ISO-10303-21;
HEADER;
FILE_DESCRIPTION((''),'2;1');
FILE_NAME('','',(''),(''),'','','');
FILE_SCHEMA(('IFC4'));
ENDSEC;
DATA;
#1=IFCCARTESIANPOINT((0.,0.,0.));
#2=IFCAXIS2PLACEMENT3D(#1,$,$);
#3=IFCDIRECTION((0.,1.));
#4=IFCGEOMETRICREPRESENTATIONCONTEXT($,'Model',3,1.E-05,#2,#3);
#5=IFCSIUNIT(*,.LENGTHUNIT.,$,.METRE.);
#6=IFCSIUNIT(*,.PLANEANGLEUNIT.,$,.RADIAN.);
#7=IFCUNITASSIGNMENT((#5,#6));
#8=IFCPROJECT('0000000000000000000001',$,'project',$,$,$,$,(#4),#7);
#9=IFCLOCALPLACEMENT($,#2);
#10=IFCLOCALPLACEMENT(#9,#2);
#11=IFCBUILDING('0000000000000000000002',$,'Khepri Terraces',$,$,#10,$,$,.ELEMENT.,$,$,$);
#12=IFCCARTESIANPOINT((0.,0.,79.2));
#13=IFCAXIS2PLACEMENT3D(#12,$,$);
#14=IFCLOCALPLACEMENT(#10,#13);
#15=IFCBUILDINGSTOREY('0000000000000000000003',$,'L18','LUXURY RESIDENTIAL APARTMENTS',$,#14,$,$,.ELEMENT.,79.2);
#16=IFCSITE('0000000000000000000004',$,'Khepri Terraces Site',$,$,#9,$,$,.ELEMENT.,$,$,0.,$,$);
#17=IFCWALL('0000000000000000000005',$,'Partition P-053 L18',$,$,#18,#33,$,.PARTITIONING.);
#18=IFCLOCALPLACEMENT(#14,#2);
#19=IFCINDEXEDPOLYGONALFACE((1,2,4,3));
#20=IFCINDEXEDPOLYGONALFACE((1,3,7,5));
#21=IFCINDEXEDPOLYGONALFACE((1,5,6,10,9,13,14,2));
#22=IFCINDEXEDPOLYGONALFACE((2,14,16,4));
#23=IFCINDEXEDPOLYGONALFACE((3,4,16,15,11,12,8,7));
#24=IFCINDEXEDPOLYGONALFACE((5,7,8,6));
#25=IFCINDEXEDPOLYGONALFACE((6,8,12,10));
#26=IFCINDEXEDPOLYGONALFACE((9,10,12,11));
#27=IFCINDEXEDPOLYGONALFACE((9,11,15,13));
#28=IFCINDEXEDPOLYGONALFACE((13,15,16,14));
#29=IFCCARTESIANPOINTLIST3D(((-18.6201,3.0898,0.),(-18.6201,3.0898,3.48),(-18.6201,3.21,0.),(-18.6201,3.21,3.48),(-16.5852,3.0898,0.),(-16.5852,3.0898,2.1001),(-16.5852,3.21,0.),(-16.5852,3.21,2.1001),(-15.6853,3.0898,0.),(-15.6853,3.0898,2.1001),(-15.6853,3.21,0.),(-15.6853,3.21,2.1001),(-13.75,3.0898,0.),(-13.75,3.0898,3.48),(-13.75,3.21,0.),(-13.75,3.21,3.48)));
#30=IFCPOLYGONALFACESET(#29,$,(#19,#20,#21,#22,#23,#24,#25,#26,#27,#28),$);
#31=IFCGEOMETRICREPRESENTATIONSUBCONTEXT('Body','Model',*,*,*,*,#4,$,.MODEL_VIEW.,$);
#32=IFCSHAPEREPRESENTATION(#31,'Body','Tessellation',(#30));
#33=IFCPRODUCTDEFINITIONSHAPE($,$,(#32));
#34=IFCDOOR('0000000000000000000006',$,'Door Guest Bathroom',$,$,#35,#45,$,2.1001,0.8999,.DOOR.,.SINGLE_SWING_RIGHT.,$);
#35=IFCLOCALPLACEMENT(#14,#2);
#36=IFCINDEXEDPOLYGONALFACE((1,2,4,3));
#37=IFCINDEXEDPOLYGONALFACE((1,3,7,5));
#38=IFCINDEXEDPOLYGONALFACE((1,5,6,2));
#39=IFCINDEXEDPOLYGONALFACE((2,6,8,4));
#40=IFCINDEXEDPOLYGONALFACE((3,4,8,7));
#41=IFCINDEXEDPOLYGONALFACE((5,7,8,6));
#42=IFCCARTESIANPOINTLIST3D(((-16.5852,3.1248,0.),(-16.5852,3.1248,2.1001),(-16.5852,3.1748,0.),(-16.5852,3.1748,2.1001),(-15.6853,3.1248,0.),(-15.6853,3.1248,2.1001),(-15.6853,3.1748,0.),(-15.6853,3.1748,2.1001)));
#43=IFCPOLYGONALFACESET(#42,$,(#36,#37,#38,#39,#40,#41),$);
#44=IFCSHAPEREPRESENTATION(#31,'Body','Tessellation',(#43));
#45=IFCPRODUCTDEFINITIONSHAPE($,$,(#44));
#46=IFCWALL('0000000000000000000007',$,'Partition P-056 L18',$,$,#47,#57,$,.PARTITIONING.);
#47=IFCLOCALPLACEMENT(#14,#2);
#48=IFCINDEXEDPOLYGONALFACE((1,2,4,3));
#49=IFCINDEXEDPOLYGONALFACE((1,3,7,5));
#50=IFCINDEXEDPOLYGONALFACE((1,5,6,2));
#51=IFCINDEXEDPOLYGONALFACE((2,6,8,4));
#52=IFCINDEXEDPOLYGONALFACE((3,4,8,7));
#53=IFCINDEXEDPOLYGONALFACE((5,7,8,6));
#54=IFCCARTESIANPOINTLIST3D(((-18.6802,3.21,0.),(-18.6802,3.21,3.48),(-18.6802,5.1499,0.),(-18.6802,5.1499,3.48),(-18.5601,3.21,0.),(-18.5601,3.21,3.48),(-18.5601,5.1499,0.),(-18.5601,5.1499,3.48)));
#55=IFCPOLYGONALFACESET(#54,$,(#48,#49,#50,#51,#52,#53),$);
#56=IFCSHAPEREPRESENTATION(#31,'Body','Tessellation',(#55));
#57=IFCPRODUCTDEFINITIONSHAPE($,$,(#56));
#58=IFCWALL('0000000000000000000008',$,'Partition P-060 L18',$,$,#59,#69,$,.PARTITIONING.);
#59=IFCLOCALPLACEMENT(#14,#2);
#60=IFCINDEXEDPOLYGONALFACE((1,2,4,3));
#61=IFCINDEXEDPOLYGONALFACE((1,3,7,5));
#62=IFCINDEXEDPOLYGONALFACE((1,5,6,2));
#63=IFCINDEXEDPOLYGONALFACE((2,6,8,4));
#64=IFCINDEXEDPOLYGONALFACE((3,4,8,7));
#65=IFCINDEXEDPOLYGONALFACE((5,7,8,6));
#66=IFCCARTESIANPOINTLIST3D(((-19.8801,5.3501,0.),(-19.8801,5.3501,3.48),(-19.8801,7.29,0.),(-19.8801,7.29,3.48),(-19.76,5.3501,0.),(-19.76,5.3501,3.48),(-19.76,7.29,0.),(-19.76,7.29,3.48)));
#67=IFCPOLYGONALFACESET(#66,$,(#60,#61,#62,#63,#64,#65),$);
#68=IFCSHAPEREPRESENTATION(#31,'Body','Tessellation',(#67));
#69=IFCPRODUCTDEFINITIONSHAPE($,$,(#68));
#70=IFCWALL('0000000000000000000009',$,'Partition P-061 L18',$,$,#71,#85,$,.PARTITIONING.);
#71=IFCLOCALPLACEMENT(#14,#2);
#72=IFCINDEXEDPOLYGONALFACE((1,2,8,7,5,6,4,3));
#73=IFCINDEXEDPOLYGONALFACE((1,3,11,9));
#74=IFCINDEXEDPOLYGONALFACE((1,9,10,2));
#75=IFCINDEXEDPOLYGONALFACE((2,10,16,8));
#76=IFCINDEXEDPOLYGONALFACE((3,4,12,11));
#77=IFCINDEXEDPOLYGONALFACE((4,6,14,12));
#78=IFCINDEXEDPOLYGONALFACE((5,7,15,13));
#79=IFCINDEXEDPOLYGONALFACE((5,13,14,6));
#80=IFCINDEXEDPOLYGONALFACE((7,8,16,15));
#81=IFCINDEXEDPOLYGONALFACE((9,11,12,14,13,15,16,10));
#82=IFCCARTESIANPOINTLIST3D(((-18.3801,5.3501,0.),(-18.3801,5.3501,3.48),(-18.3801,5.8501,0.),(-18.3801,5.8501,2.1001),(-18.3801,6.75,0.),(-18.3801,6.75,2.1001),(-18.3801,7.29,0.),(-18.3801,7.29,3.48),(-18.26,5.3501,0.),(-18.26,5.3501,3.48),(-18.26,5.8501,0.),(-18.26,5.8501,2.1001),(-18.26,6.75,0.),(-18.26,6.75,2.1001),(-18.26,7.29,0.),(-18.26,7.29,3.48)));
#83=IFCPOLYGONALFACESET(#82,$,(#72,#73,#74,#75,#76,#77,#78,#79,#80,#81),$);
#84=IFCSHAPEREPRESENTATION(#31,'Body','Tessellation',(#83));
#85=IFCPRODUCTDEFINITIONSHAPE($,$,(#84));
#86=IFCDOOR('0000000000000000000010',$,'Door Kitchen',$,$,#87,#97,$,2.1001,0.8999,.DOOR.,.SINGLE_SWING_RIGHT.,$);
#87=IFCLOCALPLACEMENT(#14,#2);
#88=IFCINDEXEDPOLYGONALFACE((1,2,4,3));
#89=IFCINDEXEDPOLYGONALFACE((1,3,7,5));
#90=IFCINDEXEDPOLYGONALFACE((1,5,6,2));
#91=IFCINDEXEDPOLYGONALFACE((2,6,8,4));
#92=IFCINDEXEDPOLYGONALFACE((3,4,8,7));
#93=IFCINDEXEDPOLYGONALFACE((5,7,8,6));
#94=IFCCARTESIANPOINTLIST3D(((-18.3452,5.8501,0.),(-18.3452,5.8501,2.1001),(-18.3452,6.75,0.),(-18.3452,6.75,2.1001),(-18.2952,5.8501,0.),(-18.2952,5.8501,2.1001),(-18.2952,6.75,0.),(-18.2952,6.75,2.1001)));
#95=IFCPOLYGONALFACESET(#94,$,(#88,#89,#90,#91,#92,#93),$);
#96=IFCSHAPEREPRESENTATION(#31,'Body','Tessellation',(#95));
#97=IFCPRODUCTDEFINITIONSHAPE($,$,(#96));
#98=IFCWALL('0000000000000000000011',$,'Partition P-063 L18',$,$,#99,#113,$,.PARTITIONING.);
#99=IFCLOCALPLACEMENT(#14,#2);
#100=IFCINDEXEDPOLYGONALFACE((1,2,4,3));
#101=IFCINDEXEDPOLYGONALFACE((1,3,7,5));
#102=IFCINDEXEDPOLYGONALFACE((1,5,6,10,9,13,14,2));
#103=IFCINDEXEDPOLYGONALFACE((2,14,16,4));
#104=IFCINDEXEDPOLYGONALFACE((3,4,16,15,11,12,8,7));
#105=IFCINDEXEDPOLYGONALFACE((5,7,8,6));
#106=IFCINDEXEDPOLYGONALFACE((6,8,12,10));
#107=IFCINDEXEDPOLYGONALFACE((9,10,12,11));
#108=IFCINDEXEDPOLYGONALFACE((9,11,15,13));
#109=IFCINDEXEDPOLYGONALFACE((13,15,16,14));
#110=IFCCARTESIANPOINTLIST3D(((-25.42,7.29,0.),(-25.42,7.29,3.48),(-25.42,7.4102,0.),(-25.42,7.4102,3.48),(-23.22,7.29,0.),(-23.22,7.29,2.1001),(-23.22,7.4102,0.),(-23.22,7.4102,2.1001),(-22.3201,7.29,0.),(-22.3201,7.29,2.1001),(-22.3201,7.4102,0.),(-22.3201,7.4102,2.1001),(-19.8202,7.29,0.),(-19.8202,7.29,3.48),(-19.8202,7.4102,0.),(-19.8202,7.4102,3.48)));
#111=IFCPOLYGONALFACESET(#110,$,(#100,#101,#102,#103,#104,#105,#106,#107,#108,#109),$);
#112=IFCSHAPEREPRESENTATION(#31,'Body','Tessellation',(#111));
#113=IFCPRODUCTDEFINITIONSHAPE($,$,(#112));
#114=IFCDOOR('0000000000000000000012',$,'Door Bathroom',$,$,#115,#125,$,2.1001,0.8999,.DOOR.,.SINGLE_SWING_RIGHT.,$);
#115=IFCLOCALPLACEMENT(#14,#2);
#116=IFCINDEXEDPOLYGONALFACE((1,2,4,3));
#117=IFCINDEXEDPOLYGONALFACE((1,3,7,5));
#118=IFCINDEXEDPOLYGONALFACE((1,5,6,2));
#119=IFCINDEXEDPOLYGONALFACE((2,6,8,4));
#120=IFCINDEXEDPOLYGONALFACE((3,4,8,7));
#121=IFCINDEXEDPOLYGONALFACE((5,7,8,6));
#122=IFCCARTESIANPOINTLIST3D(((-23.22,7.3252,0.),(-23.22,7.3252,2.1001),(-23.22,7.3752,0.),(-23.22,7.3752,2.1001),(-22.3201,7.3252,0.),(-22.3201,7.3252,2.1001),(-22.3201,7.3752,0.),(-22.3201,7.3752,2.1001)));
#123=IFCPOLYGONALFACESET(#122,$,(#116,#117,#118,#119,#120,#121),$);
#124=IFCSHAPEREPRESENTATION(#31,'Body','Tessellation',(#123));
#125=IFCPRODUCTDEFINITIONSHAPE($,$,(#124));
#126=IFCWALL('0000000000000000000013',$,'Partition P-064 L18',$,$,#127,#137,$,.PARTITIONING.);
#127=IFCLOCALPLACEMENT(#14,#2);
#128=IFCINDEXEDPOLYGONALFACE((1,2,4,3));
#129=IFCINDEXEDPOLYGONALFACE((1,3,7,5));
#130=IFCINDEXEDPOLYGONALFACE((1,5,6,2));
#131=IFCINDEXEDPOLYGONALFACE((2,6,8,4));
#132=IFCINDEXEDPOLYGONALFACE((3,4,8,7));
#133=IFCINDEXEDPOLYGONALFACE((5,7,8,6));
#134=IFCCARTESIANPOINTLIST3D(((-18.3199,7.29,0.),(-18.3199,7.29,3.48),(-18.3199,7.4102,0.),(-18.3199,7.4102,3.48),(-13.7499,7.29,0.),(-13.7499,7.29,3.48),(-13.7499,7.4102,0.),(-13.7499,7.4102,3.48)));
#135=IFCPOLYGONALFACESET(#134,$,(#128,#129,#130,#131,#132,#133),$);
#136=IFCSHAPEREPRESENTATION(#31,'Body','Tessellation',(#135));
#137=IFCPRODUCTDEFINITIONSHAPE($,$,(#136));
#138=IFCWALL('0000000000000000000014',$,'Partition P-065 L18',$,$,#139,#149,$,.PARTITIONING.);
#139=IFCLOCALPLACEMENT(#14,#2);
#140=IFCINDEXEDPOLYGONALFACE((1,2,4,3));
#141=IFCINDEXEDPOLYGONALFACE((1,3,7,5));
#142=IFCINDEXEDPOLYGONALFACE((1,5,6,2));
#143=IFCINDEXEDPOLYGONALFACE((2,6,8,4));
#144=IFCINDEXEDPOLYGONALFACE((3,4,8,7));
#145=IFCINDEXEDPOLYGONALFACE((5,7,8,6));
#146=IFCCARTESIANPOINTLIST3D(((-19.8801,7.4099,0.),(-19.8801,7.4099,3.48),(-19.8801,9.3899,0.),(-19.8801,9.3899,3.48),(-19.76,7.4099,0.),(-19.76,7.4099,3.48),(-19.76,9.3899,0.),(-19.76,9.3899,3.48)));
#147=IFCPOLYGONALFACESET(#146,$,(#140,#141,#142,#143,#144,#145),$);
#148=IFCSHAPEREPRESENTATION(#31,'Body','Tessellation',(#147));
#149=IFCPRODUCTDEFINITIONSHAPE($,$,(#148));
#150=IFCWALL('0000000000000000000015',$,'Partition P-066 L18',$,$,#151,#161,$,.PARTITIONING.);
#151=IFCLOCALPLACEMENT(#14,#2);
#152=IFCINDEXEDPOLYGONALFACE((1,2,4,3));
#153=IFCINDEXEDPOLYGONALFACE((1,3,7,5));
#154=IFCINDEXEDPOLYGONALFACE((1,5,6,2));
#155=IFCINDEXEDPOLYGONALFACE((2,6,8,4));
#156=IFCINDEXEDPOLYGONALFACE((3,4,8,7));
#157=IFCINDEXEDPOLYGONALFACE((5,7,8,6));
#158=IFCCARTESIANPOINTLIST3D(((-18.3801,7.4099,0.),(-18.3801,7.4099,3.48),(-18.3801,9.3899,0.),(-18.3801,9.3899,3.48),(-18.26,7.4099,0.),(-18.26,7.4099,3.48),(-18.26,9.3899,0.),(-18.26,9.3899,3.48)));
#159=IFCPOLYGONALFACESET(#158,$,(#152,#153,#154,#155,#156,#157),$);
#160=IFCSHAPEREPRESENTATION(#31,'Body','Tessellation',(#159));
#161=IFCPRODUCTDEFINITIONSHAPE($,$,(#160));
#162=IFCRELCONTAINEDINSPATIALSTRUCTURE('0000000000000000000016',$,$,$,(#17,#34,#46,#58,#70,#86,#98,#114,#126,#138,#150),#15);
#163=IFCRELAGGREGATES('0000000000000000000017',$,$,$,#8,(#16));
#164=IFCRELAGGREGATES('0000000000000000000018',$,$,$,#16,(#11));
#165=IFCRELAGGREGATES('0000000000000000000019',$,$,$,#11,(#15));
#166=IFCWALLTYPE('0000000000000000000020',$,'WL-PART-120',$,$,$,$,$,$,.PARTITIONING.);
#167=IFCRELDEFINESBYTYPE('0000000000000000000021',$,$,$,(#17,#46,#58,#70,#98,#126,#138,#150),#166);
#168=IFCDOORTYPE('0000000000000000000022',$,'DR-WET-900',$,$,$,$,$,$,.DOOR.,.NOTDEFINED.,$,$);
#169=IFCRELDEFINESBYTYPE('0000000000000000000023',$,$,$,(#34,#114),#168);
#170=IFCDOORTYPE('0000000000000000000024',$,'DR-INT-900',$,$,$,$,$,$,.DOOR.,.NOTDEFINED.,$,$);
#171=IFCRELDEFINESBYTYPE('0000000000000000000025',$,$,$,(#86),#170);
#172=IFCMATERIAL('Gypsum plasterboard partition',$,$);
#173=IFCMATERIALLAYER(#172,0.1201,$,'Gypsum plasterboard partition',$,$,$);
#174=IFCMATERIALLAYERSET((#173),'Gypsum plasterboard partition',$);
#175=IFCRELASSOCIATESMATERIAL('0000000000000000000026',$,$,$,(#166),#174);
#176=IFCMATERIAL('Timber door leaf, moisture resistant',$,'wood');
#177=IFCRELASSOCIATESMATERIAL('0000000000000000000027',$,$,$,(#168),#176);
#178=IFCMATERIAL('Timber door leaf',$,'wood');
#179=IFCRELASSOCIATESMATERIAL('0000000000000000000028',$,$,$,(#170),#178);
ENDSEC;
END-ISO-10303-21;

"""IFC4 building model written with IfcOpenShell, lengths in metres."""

from ifc_helpers import new_model, si_unit, direction, frame, frame_2d, origin, place, context, subcontext, project, spatial, rectangle, extrude, material, layer, layer_set, type_object, element, fill, save


model = new_model("IFC4")

# Units and contexts
model_context = context("Model", 3, precision=1e-05, world=origin(), true_north=direction((0.0, 1.0)))
body_context = subcontext(model_context, "Body", "Model", "MODEL_VIEW")
ifc_project = project(units=[si_unit("LENGTHUNIT", "METRE"), si_unit("PLANEANGLEUNIT", "RADIAN")], contexts=[model_context])

# Site, building, storey
site_placement = place(None, origin())
site = spatial("IfcSite", under=ifc_project, at=site_placement, Name="Khepri Terraces Site", CompositionType="ELEMENT", RefElevation=0.0)
building_placement = place(site_placement, origin())
building = spatial("IfcBuilding", under=site, at=building_placement, Name="Khepri Terraces", CompositionType="ELEMENT")
storey_placement = place(building_placement, frame((0.0, 0.0, 79.2)))
storey = spatial("IfcBuildingStorey", under=building, at=storey_placement, Name="L18", Description="LUXURY RESIDENTIAL APARTMENTS", CompositionType="ELEMENT", Elevation=79.2)

# Wall, opening, door
ifc_material_1 = material(Name="Gypsum plasterboard partition")
ifc_layer_1 = layer(ifc_material_1, 0.1201, Name="Gypsum plasterboard partition")
ifc_layer_set_1 = layer_set([ifc_layer_1], Name="Gypsum plasterboard partition")
wall_type_1 = type_object("IfcWallType", Name="WL-PART-120", PredefinedType="PARTITIONING", material=ifc_layer_set_1)
wall_1_placement = place(storey_placement, frame((-18.6201, 3.1499, 0.0), z_axis=(0.0, 0.0, 1.0), x_axis=(1.0, 0.0, 0.0)))
wall_1 = element("IfcWall", 1, at=wall_1_placement, inside=storey, type_object=wall_type_1, Name="Partition P-053 L18", PredefinedType="PARTITIONING", context=body_context, shape_type="SweptSolid", body=[
    extrude(rectangle(XDim=4.8701, YDim=0.1201, at=frame_2d((2.4351, 0.0))), origin(), (0.0, 0.0, 1.0), 3.48),
])
opening_1_placement = place(wall_1_placement, frame((2.0349, 0.0, 0.0)))
opening_1 = element("IfcOpeningElement", 2, at=opening_1_placement, cuts=wall_1, PredefinedType="OPENING", context=body_context, shape_type="SweptSolid", body=[
    extrude(rectangle(XDim=0.8999, YDim=2.1001, at=frame_2d((0.45, 1.05))), frame((0.0, 0.0701, 0.0), z_axis=(0.0, -1.0, 0.0), x_axis=(1.0, 0.0, 0.0)), (0.0, 0.0, 1.0), 0.1401),
])
ifc_material_2 = material(Name="Timber door leaf, moisture resistant", Category="wood")
door_type_1 = type_object("IfcDoorType", Name="DR-WET-900", OperationType="NOTDEFINED", PredefinedType="DOOR", material=ifc_material_2)
door_1_placement = place(opening_1_placement, origin())
door_1 = element("IfcDoor", 3, at=door_1_placement, inside=storey, type_object=door_type_1, Name="Door Guest Bathroom", OperationType="SINGLE_SWING_RIGHT", OverallHeight=2.1001, OverallWidth=0.8999, PredefinedType="DOOR", context=body_context, shape_type="SweptSolid", body=[
    extrude(rectangle(XDim=0.8999, YDim=2.1001, at=frame_2d((0.45, 1.05))), frame((0.0, 0.0249, 0.0), z_axis=(0.0, -1.0, 0.0), x_axis=(1.0, 0.0, 0.0)), (0.0, 0.0, 1.0), 0.05),
])
fill(opening_1, door_1)

# Walls
for number, where, z_axis, x_axis, name in (
    (4, (-18.6201, 3.21, 0.0), (0.0, 0.0, 1.0), (0.0, 1.0, 0.0), "Partition P-056 L18"),
    (5, (-19.8201, 5.3501, 0.0), (0.0, 0.0, 1.0), (0.0, 1.0, 0.0), "Partition P-060 L18"),
):
    element("IfcWall", number, at=place(storey_placement, frame(where, z_axis=z_axis, x_axis=x_axis)), inside=storey, type_object=wall_type_1, Name=name, PredefinedType="PARTITIONING", context=body_context, shape_type="SweptSolid", body=[
        extrude(rectangle(XDim=1.9399, YDim=0.1201, at=frame_2d((0.97, 0.0))), origin(), (0.0, 0.0, 1.0), 3.48),
    ])

# Walls, openings, doors
wall_2_placement = place(storey_placement, frame((-18.3201, 5.3501, 0.0), z_axis=(0.0, 0.0, 1.0), x_axis=(0.0, 1.0, 0.0)))
wall_2 = element("IfcWall", 6, at=wall_2_placement, inside=storey, type_object=wall_type_1, Name="Partition P-061 L18", PredefinedType="PARTITIONING", context=body_context, shape_type="SweptSolid", body=[
    extrude(rectangle(XDim=1.9399, YDim=0.1201, at=frame_2d((0.97, 0.0))), origin(), (0.0, 0.0, 1.0), 3.48),
])
opening_2_placement = place(wall_2_placement, frame((0.5, 0.0, 0.0)))
opening_2 = element("IfcOpeningElement", 7, at=opening_2_placement, cuts=wall_2, PredefinedType="OPENING", context=body_context, shape_type="SweptSolid", body=[
    extrude(rectangle(XDim=0.8999, YDim=2.1001, at=frame_2d((0.45, 1.05))), frame((0.0, 0.0701, 0.0), z_axis=(0.0, -1.0, 0.0), x_axis=(1.0, 0.0, 0.0)), (0.0, 0.0, 1.0), 0.1401),
])
ifc_material_3 = material(Name="Timber door leaf", Category="wood")
door_type_2 = type_object("IfcDoorType", Name="DR-INT-900", OperationType="NOTDEFINED", PredefinedType="DOOR", material=ifc_material_3)
door_2_placement = place(opening_2_placement, frame((0.8999, 0.0, 0.0), z_axis=(0.0, 0.0, 1.0), x_axis=(-1.0, 0.0, 0.0)))
door_2 = element("IfcDoor", 8, at=door_2_placement, inside=storey, type_object=door_type_2, Name="Door Kitchen", OperationType="SINGLE_SWING_RIGHT", OverallHeight=2.1001, OverallWidth=0.8999, PredefinedType="DOOR", context=body_context, shape_type="SweptSolid", body=[
    extrude(rectangle(XDim=0.8999, YDim=2.1001, at=frame_2d((0.45, 1.05))), frame((0.0, 0.0249, 0.0), z_axis=(0.0, -1.0, 0.0), x_axis=(1.0, 0.0, 0.0)), (0.0, 0.0, 1.0), 0.05),
])
fill(opening_2, door_2)
wall_3_placement = place(storey_placement, frame((-25.4199, 7.3501, 0.0), z_axis=(0.0, 0.0, 1.0), x_axis=(1.0, 0.0, 0.0)))
wall_3 = element("IfcWall", 9, at=wall_3_placement, inside=storey, type_object=wall_type_1, Name="Partition P-063 L18", PredefinedType="PARTITIONING", context=body_context, shape_type="SweptSolid", body=[
    extrude(rectangle(XDim=5.5999, YDim=0.1201, at=frame_2d((2.7998, 0.0))), origin(), (0.0, 0.0, 1.0), 3.48),
])
opening_3_placement = place(wall_3_placement, frame((2.2, 0.0, 0.0)))
opening_3 = element("IfcOpeningElement", 10, at=opening_3_placement, cuts=wall_3, PredefinedType="OPENING", context=body_context, shape_type="SweptSolid", body=[
    extrude(rectangle(XDim=0.8999, YDim=2.1001, at=frame_2d((0.45, 1.05))), frame((0.0, 0.0701, 0.0), z_axis=(0.0, -1.0, 0.0), x_axis=(1.0, 0.0, 0.0)), (0.0, 0.0, 1.0), 0.1401),
])
door_3_placement = place(opening_3_placement, frame((0.8999, 0.0, 0.0), z_axis=(0.0, 0.0, 1.0), x_axis=(-1.0, 0.0, 0.0)))
door_3 = element("IfcDoor", 11, at=door_3_placement, inside=storey, type_object=door_type_1, Name="Door Bathroom", OperationType="SINGLE_SWING_RIGHT", OverallHeight=2.1001, OverallWidth=0.8999, PredefinedType="DOOR", context=body_context, shape_type="SweptSolid", body=[
    extrude(rectangle(XDim=0.8999, YDim=2.1001, at=frame_2d((0.45, 1.05))), frame((0.0, 0.0249, 0.0), z_axis=(0.0, -1.0, 0.0), x_axis=(1.0, 0.0, 0.0)), (0.0, 0.0, 1.0), 0.05),
])
fill(opening_3, door_3)

# Walls
wall_4_placement = place(storey_placement, frame((-18.3201, 7.3501, 0.0), z_axis=(0.0, 0.0, 1.0), x_axis=(1.0, 0.0, 0.0)))
element("IfcWall", 12, at=wall_4_placement, inside=storey, type_object=wall_type_1, Name="Partition P-064 L18", PredefinedType="PARTITIONING", context=body_context, shape_type="SweptSolid", body=[
    extrude(rectangle(XDim=4.5701, YDim=0.1201, at=frame_2d((2.2852, 0.0))), origin(), (0.0, 0.0, 1.0), 3.48),
])
for number, where, z_axis, x_axis, name in (
    (13, (-19.8201, 7.4099, 0.0), (0.0, 0.0, 1.0), (0.0, 1.0, 0.0), "Partition P-065 L18"),
    (14, (-18.3201, 7.4099, 0.0), (0.0, 0.0, 1.0), (0.0, 1.0, 0.0), "Partition P-066 L18"),
):
    element("IfcWall", number, at=place(storey_placement, frame(where, z_axis=z_axis, x_axis=x_axis)), inside=storey, type_object=wall_type_1, Name=name, PredefinedType="PARTITIONING", context=body_context, shape_type="SweptSolid", body=[
        extrude(rectangle(XDim=1.98, YDim=0.1201, at=frame_2d((0.99, 0.0))), origin(), (0.0, 0.0, 1.0), 3.48),
    ])

save(model, "model.ifc")
